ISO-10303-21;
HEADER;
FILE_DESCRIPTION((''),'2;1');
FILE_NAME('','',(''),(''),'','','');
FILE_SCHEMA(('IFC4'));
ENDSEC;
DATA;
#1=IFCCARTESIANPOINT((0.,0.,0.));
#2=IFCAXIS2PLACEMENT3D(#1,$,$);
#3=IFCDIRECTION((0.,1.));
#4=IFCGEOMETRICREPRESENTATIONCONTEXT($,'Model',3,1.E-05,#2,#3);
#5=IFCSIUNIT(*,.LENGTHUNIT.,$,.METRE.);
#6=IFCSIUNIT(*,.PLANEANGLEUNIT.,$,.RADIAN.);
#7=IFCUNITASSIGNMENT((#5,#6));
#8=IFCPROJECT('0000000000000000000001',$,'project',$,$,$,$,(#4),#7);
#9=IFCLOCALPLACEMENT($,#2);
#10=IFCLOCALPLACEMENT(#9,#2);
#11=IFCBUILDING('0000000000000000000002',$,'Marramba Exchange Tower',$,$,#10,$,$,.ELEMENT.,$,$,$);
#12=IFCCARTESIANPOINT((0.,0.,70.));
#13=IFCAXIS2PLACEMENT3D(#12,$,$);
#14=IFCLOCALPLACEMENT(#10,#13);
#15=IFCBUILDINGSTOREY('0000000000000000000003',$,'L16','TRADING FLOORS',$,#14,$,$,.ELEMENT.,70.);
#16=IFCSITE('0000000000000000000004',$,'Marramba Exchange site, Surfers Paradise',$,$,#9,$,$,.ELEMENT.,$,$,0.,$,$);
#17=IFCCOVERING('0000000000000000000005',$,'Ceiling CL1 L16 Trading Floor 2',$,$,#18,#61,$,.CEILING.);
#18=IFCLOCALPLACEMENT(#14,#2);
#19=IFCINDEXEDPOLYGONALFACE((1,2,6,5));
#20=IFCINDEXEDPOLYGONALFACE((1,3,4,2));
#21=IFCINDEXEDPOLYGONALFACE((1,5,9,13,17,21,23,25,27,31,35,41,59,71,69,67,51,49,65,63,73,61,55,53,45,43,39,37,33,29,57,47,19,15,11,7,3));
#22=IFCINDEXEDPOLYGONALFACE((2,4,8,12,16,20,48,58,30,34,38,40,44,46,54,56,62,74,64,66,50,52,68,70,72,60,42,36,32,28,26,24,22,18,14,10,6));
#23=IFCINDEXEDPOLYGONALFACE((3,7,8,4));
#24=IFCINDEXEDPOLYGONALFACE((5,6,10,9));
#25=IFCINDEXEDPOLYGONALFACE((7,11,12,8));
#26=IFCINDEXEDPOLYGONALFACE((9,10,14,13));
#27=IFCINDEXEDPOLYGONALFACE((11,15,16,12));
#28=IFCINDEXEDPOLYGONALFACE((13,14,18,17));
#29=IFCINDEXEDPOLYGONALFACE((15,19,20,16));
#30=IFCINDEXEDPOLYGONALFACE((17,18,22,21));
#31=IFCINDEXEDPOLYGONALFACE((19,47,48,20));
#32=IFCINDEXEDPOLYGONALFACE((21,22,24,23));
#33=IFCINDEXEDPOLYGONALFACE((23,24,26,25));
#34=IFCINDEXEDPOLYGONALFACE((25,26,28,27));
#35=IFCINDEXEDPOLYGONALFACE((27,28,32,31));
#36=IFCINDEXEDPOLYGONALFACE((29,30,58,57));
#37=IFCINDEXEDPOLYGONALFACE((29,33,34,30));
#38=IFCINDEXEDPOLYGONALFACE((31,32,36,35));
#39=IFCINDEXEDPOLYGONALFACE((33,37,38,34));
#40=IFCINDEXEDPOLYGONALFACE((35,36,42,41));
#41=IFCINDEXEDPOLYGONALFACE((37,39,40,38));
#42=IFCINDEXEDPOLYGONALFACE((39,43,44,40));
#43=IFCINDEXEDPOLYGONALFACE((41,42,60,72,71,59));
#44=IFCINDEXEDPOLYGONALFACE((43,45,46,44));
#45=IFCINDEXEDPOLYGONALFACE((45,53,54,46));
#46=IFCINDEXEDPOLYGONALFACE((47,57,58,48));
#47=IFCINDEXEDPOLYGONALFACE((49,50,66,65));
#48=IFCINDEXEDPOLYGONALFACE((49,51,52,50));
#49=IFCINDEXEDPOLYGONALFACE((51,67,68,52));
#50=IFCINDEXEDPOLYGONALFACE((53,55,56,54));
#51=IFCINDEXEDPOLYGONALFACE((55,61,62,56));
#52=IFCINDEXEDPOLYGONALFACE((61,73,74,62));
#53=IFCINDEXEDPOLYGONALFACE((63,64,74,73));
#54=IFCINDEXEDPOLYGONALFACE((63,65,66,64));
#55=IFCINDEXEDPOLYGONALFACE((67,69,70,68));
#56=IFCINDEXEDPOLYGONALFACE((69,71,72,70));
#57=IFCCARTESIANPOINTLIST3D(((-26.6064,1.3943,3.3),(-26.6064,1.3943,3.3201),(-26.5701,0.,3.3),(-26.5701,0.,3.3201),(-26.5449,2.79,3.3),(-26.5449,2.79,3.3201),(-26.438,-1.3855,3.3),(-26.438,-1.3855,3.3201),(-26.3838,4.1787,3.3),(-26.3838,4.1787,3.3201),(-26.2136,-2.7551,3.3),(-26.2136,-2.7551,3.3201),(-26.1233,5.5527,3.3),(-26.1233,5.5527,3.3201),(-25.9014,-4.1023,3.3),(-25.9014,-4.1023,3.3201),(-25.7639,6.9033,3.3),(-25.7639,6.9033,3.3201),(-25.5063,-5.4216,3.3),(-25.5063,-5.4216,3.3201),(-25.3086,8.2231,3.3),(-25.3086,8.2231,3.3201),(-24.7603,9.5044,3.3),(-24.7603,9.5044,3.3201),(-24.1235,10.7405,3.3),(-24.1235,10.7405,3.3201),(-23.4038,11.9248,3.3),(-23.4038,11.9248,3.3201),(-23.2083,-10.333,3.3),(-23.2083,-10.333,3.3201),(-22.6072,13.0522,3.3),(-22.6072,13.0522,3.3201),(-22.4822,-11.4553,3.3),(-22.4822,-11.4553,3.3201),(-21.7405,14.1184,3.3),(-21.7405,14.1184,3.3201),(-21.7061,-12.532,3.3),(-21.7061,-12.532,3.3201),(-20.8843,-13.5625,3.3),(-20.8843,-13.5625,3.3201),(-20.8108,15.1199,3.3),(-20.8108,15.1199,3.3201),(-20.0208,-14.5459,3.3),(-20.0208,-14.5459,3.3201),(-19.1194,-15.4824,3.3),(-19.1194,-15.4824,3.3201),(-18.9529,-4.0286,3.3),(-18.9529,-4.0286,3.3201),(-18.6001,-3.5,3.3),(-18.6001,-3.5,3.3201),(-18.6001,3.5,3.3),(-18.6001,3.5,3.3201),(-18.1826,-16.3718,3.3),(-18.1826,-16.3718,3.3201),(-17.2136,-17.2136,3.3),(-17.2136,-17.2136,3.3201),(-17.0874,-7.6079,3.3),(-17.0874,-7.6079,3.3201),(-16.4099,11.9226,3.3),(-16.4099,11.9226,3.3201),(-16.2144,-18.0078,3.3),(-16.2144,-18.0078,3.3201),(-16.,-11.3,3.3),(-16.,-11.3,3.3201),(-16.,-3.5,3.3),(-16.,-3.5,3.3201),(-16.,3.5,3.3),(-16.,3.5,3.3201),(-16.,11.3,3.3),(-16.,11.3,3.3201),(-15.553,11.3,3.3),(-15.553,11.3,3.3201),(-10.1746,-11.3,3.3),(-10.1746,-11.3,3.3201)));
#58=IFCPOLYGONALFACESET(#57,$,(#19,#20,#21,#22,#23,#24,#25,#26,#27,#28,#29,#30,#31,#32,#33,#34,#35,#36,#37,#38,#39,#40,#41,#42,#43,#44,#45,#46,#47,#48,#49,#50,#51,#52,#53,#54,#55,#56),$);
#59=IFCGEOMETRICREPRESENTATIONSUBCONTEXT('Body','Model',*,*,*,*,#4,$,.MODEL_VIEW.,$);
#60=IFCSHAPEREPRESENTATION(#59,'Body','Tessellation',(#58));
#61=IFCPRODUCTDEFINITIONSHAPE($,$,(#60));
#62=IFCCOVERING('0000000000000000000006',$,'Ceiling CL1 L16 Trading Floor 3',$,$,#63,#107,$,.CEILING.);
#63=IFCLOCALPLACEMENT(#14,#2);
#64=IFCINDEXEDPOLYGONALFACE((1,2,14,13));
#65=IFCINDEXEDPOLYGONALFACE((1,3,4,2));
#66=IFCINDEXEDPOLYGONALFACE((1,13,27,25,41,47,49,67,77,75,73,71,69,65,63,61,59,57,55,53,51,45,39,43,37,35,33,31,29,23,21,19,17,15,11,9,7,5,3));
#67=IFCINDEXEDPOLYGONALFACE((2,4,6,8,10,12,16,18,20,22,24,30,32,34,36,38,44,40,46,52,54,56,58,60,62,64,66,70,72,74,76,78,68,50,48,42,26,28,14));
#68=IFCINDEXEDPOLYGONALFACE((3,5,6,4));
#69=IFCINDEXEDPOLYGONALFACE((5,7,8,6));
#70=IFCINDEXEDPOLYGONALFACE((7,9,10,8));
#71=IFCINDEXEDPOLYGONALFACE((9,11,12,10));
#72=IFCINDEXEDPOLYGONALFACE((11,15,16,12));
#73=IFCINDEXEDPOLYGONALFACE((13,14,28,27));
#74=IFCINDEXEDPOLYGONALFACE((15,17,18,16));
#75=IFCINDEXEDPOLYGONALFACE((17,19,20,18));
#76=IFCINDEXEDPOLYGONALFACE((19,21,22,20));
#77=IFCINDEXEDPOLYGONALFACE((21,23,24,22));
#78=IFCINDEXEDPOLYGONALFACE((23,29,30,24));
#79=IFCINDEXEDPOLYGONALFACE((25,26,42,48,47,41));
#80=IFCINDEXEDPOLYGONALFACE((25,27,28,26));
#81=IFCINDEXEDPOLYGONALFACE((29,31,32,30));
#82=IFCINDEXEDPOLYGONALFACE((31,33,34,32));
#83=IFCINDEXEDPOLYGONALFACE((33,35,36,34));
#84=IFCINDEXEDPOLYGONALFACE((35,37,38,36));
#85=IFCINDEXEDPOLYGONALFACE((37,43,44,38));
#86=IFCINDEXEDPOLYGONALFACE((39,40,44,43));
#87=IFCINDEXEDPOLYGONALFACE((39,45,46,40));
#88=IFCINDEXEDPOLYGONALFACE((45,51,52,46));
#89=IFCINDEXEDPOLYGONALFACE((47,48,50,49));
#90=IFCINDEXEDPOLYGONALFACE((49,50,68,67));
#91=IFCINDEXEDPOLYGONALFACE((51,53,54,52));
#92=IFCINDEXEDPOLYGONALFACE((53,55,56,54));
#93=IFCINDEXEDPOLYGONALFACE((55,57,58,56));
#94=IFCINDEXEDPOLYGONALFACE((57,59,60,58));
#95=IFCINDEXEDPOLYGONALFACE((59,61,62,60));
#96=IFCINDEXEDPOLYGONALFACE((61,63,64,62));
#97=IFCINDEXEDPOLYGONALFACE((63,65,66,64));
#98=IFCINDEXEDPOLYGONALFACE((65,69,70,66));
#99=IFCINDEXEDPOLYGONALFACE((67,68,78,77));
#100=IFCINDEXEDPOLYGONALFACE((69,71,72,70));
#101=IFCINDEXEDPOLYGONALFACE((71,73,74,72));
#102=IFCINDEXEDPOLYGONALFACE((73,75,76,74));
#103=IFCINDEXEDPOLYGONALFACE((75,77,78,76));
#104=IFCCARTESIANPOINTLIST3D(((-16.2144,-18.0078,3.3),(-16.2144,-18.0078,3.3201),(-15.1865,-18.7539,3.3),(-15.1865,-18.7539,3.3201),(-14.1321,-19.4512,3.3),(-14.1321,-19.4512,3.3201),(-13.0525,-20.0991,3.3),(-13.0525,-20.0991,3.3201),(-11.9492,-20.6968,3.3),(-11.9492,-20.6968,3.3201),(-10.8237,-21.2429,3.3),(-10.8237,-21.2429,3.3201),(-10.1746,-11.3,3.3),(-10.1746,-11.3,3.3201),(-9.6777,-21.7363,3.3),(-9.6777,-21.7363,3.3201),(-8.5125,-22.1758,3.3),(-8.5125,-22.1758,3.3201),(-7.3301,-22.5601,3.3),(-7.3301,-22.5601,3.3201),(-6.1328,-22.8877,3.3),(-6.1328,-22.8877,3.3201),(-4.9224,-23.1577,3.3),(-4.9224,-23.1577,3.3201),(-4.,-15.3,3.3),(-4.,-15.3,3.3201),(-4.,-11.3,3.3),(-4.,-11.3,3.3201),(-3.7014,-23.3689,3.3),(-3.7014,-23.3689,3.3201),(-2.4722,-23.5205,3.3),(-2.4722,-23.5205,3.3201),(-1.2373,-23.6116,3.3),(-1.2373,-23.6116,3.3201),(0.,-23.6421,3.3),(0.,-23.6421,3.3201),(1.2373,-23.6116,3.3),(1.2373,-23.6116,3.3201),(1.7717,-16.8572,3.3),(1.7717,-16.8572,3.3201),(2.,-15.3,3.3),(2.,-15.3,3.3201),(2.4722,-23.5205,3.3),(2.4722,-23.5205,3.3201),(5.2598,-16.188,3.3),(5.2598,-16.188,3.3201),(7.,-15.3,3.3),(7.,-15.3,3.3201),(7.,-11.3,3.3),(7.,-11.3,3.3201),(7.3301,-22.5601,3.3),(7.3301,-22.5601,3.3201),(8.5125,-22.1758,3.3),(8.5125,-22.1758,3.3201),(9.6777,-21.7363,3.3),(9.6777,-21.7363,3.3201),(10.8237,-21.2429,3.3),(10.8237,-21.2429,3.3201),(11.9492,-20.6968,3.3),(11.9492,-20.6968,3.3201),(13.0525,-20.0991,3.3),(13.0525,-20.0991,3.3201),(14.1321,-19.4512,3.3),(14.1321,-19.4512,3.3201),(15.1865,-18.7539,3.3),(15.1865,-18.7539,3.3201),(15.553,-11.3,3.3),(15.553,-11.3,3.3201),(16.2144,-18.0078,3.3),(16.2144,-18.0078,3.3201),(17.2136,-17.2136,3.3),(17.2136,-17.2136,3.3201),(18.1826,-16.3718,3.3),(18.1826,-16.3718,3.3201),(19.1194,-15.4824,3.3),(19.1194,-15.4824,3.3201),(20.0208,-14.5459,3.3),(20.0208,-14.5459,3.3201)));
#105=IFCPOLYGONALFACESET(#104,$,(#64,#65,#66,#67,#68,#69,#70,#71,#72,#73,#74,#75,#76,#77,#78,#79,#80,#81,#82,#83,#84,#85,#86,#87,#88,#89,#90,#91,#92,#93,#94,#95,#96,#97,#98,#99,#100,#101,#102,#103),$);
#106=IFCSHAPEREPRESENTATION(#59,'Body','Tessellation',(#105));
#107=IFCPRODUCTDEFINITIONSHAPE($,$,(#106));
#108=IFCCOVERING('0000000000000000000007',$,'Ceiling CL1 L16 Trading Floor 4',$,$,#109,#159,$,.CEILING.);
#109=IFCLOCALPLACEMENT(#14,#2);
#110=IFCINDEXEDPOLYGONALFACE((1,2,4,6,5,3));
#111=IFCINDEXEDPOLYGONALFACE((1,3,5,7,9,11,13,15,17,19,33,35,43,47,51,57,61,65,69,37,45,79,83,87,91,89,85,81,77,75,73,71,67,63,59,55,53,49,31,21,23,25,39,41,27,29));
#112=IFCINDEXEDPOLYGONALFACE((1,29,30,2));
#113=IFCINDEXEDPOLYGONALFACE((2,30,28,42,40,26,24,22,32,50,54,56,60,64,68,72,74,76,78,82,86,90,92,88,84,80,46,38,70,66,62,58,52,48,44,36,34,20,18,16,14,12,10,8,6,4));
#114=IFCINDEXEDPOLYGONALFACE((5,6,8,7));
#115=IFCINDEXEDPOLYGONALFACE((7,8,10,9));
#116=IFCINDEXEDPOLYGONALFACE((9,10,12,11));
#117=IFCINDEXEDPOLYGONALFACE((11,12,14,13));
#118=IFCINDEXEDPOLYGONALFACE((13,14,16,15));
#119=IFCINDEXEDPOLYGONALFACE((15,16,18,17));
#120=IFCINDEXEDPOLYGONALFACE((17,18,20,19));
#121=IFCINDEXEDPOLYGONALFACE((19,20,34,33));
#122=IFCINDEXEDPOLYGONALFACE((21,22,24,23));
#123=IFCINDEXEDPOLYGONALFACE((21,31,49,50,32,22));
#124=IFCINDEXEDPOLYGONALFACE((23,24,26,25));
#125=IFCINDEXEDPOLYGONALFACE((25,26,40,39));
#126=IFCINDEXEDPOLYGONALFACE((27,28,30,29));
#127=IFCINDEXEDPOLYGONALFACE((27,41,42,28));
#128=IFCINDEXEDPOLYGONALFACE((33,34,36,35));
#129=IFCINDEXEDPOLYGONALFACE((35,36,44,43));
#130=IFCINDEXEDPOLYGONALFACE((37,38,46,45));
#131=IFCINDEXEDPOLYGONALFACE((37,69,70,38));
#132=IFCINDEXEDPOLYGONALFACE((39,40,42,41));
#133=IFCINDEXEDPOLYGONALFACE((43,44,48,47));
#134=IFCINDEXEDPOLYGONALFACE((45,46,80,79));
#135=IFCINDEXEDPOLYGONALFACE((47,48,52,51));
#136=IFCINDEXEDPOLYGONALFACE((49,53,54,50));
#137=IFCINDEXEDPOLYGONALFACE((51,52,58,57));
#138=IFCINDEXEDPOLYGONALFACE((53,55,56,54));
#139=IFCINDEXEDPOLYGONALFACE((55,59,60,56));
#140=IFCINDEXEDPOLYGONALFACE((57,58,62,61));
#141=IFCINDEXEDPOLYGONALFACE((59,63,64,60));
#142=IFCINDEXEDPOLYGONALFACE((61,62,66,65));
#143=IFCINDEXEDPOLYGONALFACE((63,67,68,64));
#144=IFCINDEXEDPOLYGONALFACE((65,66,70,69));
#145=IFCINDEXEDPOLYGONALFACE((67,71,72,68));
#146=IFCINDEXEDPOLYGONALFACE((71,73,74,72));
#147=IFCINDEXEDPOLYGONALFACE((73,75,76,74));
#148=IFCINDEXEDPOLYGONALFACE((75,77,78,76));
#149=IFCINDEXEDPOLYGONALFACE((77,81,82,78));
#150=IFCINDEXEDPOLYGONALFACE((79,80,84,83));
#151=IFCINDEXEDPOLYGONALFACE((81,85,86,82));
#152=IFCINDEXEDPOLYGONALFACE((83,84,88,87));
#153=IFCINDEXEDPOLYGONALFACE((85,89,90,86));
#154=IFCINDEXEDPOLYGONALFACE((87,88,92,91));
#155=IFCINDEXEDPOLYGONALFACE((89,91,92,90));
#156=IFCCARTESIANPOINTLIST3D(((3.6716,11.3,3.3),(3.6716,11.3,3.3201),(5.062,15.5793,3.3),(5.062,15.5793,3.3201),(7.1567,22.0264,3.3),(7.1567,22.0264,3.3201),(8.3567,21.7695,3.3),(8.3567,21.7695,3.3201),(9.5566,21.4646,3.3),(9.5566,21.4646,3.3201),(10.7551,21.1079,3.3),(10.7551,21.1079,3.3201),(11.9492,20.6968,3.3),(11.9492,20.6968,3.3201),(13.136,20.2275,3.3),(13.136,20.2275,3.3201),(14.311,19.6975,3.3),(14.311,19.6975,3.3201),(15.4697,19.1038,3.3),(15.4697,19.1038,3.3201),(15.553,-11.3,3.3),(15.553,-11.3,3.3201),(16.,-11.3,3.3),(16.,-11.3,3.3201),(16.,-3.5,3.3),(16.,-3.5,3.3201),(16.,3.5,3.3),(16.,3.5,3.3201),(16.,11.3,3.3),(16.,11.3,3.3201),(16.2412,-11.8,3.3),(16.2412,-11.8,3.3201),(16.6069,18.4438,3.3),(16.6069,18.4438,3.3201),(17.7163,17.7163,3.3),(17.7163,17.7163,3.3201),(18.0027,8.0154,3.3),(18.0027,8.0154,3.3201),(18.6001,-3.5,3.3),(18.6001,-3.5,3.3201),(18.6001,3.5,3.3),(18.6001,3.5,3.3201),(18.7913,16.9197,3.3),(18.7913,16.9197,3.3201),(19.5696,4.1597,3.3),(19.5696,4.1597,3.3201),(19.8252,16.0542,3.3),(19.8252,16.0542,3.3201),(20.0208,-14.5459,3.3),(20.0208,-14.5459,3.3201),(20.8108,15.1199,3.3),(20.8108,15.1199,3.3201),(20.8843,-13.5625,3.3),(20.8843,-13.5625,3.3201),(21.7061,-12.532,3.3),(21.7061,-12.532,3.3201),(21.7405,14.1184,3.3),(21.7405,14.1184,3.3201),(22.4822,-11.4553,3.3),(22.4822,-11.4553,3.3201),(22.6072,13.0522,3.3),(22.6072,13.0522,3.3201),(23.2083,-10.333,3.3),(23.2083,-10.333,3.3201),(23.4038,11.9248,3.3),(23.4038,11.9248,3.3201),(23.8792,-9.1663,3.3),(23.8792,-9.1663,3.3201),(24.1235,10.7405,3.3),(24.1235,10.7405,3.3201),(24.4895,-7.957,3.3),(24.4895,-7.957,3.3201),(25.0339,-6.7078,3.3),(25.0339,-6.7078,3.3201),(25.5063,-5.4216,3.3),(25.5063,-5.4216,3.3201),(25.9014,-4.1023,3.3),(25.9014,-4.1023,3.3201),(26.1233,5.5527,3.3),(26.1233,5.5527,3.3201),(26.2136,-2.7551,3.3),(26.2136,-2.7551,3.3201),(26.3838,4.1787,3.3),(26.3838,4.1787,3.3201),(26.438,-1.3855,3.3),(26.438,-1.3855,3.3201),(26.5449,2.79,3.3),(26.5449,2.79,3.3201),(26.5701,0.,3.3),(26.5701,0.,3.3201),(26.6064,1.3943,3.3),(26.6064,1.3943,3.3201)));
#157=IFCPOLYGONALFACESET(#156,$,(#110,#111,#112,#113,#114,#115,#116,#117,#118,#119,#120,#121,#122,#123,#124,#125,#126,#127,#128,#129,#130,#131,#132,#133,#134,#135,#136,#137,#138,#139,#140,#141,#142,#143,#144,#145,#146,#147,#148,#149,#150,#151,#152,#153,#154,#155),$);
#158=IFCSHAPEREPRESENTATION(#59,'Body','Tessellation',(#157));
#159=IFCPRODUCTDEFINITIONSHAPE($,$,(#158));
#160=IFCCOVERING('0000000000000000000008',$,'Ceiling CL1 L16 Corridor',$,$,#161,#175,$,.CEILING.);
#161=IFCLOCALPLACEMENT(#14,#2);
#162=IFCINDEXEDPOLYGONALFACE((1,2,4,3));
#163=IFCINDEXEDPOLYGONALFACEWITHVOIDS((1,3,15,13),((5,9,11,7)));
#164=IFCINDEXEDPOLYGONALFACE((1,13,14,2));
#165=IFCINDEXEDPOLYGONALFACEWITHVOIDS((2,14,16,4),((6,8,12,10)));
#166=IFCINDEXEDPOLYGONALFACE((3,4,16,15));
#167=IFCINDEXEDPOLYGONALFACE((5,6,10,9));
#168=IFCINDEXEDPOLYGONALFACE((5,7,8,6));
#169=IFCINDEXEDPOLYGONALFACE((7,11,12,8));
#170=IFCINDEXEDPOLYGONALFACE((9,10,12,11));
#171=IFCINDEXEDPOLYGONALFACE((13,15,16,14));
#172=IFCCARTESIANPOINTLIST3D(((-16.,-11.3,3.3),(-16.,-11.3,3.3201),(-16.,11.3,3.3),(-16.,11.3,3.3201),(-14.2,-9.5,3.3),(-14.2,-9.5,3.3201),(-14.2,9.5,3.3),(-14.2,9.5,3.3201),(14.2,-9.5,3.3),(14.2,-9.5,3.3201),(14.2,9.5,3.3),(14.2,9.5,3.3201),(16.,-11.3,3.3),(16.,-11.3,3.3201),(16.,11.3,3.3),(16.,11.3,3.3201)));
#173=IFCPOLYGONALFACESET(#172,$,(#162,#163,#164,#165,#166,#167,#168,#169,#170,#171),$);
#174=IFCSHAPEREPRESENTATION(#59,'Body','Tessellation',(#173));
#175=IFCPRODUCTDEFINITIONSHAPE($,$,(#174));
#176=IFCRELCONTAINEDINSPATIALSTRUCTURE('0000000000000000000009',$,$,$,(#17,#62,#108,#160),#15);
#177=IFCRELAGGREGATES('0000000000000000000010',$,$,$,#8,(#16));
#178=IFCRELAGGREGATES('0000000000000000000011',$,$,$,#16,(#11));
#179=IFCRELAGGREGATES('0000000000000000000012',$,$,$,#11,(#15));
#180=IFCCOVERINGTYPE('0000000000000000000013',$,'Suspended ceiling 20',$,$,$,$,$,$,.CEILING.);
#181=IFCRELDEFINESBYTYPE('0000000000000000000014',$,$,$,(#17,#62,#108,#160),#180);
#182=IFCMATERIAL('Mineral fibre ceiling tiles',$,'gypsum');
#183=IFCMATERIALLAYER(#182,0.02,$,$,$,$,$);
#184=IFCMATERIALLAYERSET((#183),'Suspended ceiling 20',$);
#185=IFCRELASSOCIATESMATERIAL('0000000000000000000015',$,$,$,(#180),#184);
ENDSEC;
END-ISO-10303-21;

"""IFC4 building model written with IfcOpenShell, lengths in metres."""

from ifc_helpers import new_model, si_unit, direction, frame, origin, place, context, subcontext, project, spatial, polyline, outline, extrude, material, layer, layer_set, type_object, element, save


model = new_model("IFC4")

# Units and contexts
model_context = context("Model", 3, precision=1e-05, world=origin(), true_north=direction((0.0, 1.0)))
body_context = subcontext(model_context, "Body", "Model", "MODEL_VIEW")
ifc_project = project(units=[si_unit("LENGTHUNIT", "METRE"), si_unit("PLANEANGLEUNIT", "RADIAN")], contexts=[model_context])

# Site, building, storey
site_placement = place(None, origin())
site = spatial("IfcSite", under=ifc_project, at=site_placement, Name="Marramba Exchange site, Surfers Paradise", CompositionType="ELEMENT", RefElevation=0.0)
building_placement = place(site_placement, origin())
building = spatial("IfcBuilding", under=site, at=building_placement, Name="Marramba Exchange Tower", CompositionType="ELEMENT")
storey_placement = place(building_placement, frame((0.0, 0.0, 70.0)))
storey = spatial("IfcBuildingStorey", under=building, at=storey_placement, Name="L16", Description="TRADING FLOORS", CompositionType="ELEMENT", Elevation=70.0)

# Coverings
ifc_material_1 = material(Name="Mineral fibre ceiling tiles", Category="gypsum")
ifc_layer_1 = layer(ifc_material_1, 0.02)
ifc_layer_set_1 = layer_set([ifc_layer_1], Name="Suspended ceiling 20")
covering_type_1 = type_object("IfcCoveringType", Name="Suspended ceiling 20", PredefinedType="CEILING", material=ifc_layer_set_1)
covering_1_placement = place(storey_placement, frame((0.0, 0.0, 3.3)))
element("IfcCovering", 1, at=covering_1_placement, inside=storey, type_object=covering_type_1, Name="Ceiling CL1 L16 Trading Floor 2", PredefinedType="CEILING", context=body_context, shape_type="SweptSolid", body=[
    extrude(outline(polyline([(-16.0, 3.5), (-18.6001, 3.5), (-18.6001, -3.5), (-16.0, -3.5), (-16.0, -11.3), (-10.1746, -11.3), (-16.2144, -18.0078), (-17.2136, -17.2136), (-18.1826, -16.3718), (-19.1194, -15.4824), (-20.0208, -14.5459), (-20.8843, -13.5625), (-21.7061, -12.532), (-22.4822, -11.4553), (-23.2083, -10.333), (-17.0874, -7.6079), (-18.9529, -4.0286), (-25.5063, -5.4216), (-25.9014, -4.1023), (-26.2136, -2.7551), (-26.438, -1.3855), (-26.5701, 0.0), (-26.6064, 1.3943), (-26.5449, 2.79), (-26.3838, 4.1787), (-26.1233, 5.5527), (-25.7639, 6.9033), (-25.3086, 8.2231), (-24.7603, 9.5044), (-24.1235, 10.7405), (-23.4038, 11.9248), (-22.6072, 13.0522), (-21.7405, 14.1184), (-20.8108, 15.1199), (-16.4099, 11.9226), (-15.553, 11.3), (-16.0, 11.3), (-16.0, 3.5)])), origin(), (0.0, 0.0, 1.0), 0.02),
])
covering_2_placement = place(storey_placement, frame((0.0, 0.0, 3.3)))
element("IfcCovering", 2, at=covering_2_placement, inside=storey, type_object=covering_type_1, Name="Ceiling CL1 L16 Trading Floor 3", PredefinedType="CEILING", context=body_context, shape_type="SweptSolid", body=[
    extrude(outline(polyline([(20.0208, -14.5459), (19.1194, -15.4824), (18.1826, -16.3718), (17.2136, -17.2136), (16.2144, -18.0078), (15.1865, -18.7539), (14.1321, -19.4512), (13.0525, -20.0991), (11.9492, -20.6968), (10.8237, -21.2429), (9.6777, -21.7363), (8.5125, -22.1758), (7.3301, -22.5601), (5.2598, -16.188), (1.7717, -16.8572), (2.4722, -23.5205), (1.2373, -23.6116), (0.0, -23.6421), (-1.2373, -23.6116), (-2.4722, -23.5205), (-3.7014, -23.3689), (-4.9224, -23.1577), (-6.1328, -22.8877), (-7.3301, -22.5601), (-8.5125, -22.1758), (-9.6777, -21.7363), (-10.8237, -21.2429), (-11.9492, -20.6968), (-13.0525, -20.0991), (-14.1321, -19.4512), (-15.1865, -18.7539), (-16.2144, -18.0078), (-10.1746, -11.3), (-4.0, -11.3), (-4.0, -15.3), (2.0, -15.3), (7.0, -15.3), (7.0, -11.3), (15.553, -11.3), (20.0208, -14.5459)])), origin(), (0.0, 0.0, 1.0), 0.02),
])
covering_3_placement = place(storey_placement, frame((0.0, 0.0, 3.3)))
element("IfcCovering", 3, at=covering_3_placement, inside=storey, type_object=covering_type_1, Name="Ceiling CL1 L16 Trading Floor 4", PredefinedType="CEILING", context=body_context, shape_type="SweptSolid", body=[
    extrude(outline(polyline([(16.0, -3.5), (18.6001, -3.5), (18.6001, 3.5), (16.0, 3.5), (16.0, 11.3), (3.6716, 11.3), (5.062, 15.5793), (7.1567, 22.0264), (8.3567, 21.7695), (9.5566, 21.4646), (10.7551, 21.1079), (11.9492, 20.6968), (13.136, 20.2275), (14.311, 19.6975), (15.4697, 19.1038), (16.6069, 18.4438), (17.7163, 17.7163), (18.7913, 16.9197), (19.8252, 16.0542), (20.8108, 15.1199), (21.7405, 14.1184), (22.6072, 13.0522), (23.4038, 11.9248), (24.1235, 10.7405), (18.0027, 8.0154), (19.5696, 4.1597), (26.1233, 5.5527), (26.3838, 4.1787), (26.5449, 2.79), (26.6064, 1.3943), (26.5701, 0.0), (26.438, -1.3855), (26.2136, -2.7551), (25.9014, -4.1023), (25.5063, -5.4216), (25.0339, -6.7078), (24.4895, -7.957), (23.8792, -9.1663), (23.2083, -10.333), (22.4822, -11.4553), (21.7061, -12.532), (20.8843, -13.5625), (20.0208, -14.5459), (16.2412, -11.8), (15.553, -11.3), (16.0, -11.3), (16.0, -3.5)])), origin(), (0.0, 0.0, 1.0), 0.02),
])
covering_4_placement = place(storey_placement, frame((0.0, 0.0, 3.3)))
element("IfcCovering", 4, at=covering_4_placement, inside=storey, type_object=covering_type_1, Name="Ceiling CL1 L16 Corridor", PredefinedType="CEILING", context=body_context, shape_type="SweptSolid", body=[
    extrude(outline(polyline([(-16.0, 11.3), (16.0, 11.3), (16.0, -11.3), (-16.0, -11.3), (-16.0, 11.3)]), holes=[polyline([(-14.2, 9.5), (-14.2, -9.5), (14.2, -9.5), (14.2, 9.5), (-14.2, 9.5)])]), origin(), (0.0, 0.0, 1.0), 0.02),
])

save(model, "model.ifc")
